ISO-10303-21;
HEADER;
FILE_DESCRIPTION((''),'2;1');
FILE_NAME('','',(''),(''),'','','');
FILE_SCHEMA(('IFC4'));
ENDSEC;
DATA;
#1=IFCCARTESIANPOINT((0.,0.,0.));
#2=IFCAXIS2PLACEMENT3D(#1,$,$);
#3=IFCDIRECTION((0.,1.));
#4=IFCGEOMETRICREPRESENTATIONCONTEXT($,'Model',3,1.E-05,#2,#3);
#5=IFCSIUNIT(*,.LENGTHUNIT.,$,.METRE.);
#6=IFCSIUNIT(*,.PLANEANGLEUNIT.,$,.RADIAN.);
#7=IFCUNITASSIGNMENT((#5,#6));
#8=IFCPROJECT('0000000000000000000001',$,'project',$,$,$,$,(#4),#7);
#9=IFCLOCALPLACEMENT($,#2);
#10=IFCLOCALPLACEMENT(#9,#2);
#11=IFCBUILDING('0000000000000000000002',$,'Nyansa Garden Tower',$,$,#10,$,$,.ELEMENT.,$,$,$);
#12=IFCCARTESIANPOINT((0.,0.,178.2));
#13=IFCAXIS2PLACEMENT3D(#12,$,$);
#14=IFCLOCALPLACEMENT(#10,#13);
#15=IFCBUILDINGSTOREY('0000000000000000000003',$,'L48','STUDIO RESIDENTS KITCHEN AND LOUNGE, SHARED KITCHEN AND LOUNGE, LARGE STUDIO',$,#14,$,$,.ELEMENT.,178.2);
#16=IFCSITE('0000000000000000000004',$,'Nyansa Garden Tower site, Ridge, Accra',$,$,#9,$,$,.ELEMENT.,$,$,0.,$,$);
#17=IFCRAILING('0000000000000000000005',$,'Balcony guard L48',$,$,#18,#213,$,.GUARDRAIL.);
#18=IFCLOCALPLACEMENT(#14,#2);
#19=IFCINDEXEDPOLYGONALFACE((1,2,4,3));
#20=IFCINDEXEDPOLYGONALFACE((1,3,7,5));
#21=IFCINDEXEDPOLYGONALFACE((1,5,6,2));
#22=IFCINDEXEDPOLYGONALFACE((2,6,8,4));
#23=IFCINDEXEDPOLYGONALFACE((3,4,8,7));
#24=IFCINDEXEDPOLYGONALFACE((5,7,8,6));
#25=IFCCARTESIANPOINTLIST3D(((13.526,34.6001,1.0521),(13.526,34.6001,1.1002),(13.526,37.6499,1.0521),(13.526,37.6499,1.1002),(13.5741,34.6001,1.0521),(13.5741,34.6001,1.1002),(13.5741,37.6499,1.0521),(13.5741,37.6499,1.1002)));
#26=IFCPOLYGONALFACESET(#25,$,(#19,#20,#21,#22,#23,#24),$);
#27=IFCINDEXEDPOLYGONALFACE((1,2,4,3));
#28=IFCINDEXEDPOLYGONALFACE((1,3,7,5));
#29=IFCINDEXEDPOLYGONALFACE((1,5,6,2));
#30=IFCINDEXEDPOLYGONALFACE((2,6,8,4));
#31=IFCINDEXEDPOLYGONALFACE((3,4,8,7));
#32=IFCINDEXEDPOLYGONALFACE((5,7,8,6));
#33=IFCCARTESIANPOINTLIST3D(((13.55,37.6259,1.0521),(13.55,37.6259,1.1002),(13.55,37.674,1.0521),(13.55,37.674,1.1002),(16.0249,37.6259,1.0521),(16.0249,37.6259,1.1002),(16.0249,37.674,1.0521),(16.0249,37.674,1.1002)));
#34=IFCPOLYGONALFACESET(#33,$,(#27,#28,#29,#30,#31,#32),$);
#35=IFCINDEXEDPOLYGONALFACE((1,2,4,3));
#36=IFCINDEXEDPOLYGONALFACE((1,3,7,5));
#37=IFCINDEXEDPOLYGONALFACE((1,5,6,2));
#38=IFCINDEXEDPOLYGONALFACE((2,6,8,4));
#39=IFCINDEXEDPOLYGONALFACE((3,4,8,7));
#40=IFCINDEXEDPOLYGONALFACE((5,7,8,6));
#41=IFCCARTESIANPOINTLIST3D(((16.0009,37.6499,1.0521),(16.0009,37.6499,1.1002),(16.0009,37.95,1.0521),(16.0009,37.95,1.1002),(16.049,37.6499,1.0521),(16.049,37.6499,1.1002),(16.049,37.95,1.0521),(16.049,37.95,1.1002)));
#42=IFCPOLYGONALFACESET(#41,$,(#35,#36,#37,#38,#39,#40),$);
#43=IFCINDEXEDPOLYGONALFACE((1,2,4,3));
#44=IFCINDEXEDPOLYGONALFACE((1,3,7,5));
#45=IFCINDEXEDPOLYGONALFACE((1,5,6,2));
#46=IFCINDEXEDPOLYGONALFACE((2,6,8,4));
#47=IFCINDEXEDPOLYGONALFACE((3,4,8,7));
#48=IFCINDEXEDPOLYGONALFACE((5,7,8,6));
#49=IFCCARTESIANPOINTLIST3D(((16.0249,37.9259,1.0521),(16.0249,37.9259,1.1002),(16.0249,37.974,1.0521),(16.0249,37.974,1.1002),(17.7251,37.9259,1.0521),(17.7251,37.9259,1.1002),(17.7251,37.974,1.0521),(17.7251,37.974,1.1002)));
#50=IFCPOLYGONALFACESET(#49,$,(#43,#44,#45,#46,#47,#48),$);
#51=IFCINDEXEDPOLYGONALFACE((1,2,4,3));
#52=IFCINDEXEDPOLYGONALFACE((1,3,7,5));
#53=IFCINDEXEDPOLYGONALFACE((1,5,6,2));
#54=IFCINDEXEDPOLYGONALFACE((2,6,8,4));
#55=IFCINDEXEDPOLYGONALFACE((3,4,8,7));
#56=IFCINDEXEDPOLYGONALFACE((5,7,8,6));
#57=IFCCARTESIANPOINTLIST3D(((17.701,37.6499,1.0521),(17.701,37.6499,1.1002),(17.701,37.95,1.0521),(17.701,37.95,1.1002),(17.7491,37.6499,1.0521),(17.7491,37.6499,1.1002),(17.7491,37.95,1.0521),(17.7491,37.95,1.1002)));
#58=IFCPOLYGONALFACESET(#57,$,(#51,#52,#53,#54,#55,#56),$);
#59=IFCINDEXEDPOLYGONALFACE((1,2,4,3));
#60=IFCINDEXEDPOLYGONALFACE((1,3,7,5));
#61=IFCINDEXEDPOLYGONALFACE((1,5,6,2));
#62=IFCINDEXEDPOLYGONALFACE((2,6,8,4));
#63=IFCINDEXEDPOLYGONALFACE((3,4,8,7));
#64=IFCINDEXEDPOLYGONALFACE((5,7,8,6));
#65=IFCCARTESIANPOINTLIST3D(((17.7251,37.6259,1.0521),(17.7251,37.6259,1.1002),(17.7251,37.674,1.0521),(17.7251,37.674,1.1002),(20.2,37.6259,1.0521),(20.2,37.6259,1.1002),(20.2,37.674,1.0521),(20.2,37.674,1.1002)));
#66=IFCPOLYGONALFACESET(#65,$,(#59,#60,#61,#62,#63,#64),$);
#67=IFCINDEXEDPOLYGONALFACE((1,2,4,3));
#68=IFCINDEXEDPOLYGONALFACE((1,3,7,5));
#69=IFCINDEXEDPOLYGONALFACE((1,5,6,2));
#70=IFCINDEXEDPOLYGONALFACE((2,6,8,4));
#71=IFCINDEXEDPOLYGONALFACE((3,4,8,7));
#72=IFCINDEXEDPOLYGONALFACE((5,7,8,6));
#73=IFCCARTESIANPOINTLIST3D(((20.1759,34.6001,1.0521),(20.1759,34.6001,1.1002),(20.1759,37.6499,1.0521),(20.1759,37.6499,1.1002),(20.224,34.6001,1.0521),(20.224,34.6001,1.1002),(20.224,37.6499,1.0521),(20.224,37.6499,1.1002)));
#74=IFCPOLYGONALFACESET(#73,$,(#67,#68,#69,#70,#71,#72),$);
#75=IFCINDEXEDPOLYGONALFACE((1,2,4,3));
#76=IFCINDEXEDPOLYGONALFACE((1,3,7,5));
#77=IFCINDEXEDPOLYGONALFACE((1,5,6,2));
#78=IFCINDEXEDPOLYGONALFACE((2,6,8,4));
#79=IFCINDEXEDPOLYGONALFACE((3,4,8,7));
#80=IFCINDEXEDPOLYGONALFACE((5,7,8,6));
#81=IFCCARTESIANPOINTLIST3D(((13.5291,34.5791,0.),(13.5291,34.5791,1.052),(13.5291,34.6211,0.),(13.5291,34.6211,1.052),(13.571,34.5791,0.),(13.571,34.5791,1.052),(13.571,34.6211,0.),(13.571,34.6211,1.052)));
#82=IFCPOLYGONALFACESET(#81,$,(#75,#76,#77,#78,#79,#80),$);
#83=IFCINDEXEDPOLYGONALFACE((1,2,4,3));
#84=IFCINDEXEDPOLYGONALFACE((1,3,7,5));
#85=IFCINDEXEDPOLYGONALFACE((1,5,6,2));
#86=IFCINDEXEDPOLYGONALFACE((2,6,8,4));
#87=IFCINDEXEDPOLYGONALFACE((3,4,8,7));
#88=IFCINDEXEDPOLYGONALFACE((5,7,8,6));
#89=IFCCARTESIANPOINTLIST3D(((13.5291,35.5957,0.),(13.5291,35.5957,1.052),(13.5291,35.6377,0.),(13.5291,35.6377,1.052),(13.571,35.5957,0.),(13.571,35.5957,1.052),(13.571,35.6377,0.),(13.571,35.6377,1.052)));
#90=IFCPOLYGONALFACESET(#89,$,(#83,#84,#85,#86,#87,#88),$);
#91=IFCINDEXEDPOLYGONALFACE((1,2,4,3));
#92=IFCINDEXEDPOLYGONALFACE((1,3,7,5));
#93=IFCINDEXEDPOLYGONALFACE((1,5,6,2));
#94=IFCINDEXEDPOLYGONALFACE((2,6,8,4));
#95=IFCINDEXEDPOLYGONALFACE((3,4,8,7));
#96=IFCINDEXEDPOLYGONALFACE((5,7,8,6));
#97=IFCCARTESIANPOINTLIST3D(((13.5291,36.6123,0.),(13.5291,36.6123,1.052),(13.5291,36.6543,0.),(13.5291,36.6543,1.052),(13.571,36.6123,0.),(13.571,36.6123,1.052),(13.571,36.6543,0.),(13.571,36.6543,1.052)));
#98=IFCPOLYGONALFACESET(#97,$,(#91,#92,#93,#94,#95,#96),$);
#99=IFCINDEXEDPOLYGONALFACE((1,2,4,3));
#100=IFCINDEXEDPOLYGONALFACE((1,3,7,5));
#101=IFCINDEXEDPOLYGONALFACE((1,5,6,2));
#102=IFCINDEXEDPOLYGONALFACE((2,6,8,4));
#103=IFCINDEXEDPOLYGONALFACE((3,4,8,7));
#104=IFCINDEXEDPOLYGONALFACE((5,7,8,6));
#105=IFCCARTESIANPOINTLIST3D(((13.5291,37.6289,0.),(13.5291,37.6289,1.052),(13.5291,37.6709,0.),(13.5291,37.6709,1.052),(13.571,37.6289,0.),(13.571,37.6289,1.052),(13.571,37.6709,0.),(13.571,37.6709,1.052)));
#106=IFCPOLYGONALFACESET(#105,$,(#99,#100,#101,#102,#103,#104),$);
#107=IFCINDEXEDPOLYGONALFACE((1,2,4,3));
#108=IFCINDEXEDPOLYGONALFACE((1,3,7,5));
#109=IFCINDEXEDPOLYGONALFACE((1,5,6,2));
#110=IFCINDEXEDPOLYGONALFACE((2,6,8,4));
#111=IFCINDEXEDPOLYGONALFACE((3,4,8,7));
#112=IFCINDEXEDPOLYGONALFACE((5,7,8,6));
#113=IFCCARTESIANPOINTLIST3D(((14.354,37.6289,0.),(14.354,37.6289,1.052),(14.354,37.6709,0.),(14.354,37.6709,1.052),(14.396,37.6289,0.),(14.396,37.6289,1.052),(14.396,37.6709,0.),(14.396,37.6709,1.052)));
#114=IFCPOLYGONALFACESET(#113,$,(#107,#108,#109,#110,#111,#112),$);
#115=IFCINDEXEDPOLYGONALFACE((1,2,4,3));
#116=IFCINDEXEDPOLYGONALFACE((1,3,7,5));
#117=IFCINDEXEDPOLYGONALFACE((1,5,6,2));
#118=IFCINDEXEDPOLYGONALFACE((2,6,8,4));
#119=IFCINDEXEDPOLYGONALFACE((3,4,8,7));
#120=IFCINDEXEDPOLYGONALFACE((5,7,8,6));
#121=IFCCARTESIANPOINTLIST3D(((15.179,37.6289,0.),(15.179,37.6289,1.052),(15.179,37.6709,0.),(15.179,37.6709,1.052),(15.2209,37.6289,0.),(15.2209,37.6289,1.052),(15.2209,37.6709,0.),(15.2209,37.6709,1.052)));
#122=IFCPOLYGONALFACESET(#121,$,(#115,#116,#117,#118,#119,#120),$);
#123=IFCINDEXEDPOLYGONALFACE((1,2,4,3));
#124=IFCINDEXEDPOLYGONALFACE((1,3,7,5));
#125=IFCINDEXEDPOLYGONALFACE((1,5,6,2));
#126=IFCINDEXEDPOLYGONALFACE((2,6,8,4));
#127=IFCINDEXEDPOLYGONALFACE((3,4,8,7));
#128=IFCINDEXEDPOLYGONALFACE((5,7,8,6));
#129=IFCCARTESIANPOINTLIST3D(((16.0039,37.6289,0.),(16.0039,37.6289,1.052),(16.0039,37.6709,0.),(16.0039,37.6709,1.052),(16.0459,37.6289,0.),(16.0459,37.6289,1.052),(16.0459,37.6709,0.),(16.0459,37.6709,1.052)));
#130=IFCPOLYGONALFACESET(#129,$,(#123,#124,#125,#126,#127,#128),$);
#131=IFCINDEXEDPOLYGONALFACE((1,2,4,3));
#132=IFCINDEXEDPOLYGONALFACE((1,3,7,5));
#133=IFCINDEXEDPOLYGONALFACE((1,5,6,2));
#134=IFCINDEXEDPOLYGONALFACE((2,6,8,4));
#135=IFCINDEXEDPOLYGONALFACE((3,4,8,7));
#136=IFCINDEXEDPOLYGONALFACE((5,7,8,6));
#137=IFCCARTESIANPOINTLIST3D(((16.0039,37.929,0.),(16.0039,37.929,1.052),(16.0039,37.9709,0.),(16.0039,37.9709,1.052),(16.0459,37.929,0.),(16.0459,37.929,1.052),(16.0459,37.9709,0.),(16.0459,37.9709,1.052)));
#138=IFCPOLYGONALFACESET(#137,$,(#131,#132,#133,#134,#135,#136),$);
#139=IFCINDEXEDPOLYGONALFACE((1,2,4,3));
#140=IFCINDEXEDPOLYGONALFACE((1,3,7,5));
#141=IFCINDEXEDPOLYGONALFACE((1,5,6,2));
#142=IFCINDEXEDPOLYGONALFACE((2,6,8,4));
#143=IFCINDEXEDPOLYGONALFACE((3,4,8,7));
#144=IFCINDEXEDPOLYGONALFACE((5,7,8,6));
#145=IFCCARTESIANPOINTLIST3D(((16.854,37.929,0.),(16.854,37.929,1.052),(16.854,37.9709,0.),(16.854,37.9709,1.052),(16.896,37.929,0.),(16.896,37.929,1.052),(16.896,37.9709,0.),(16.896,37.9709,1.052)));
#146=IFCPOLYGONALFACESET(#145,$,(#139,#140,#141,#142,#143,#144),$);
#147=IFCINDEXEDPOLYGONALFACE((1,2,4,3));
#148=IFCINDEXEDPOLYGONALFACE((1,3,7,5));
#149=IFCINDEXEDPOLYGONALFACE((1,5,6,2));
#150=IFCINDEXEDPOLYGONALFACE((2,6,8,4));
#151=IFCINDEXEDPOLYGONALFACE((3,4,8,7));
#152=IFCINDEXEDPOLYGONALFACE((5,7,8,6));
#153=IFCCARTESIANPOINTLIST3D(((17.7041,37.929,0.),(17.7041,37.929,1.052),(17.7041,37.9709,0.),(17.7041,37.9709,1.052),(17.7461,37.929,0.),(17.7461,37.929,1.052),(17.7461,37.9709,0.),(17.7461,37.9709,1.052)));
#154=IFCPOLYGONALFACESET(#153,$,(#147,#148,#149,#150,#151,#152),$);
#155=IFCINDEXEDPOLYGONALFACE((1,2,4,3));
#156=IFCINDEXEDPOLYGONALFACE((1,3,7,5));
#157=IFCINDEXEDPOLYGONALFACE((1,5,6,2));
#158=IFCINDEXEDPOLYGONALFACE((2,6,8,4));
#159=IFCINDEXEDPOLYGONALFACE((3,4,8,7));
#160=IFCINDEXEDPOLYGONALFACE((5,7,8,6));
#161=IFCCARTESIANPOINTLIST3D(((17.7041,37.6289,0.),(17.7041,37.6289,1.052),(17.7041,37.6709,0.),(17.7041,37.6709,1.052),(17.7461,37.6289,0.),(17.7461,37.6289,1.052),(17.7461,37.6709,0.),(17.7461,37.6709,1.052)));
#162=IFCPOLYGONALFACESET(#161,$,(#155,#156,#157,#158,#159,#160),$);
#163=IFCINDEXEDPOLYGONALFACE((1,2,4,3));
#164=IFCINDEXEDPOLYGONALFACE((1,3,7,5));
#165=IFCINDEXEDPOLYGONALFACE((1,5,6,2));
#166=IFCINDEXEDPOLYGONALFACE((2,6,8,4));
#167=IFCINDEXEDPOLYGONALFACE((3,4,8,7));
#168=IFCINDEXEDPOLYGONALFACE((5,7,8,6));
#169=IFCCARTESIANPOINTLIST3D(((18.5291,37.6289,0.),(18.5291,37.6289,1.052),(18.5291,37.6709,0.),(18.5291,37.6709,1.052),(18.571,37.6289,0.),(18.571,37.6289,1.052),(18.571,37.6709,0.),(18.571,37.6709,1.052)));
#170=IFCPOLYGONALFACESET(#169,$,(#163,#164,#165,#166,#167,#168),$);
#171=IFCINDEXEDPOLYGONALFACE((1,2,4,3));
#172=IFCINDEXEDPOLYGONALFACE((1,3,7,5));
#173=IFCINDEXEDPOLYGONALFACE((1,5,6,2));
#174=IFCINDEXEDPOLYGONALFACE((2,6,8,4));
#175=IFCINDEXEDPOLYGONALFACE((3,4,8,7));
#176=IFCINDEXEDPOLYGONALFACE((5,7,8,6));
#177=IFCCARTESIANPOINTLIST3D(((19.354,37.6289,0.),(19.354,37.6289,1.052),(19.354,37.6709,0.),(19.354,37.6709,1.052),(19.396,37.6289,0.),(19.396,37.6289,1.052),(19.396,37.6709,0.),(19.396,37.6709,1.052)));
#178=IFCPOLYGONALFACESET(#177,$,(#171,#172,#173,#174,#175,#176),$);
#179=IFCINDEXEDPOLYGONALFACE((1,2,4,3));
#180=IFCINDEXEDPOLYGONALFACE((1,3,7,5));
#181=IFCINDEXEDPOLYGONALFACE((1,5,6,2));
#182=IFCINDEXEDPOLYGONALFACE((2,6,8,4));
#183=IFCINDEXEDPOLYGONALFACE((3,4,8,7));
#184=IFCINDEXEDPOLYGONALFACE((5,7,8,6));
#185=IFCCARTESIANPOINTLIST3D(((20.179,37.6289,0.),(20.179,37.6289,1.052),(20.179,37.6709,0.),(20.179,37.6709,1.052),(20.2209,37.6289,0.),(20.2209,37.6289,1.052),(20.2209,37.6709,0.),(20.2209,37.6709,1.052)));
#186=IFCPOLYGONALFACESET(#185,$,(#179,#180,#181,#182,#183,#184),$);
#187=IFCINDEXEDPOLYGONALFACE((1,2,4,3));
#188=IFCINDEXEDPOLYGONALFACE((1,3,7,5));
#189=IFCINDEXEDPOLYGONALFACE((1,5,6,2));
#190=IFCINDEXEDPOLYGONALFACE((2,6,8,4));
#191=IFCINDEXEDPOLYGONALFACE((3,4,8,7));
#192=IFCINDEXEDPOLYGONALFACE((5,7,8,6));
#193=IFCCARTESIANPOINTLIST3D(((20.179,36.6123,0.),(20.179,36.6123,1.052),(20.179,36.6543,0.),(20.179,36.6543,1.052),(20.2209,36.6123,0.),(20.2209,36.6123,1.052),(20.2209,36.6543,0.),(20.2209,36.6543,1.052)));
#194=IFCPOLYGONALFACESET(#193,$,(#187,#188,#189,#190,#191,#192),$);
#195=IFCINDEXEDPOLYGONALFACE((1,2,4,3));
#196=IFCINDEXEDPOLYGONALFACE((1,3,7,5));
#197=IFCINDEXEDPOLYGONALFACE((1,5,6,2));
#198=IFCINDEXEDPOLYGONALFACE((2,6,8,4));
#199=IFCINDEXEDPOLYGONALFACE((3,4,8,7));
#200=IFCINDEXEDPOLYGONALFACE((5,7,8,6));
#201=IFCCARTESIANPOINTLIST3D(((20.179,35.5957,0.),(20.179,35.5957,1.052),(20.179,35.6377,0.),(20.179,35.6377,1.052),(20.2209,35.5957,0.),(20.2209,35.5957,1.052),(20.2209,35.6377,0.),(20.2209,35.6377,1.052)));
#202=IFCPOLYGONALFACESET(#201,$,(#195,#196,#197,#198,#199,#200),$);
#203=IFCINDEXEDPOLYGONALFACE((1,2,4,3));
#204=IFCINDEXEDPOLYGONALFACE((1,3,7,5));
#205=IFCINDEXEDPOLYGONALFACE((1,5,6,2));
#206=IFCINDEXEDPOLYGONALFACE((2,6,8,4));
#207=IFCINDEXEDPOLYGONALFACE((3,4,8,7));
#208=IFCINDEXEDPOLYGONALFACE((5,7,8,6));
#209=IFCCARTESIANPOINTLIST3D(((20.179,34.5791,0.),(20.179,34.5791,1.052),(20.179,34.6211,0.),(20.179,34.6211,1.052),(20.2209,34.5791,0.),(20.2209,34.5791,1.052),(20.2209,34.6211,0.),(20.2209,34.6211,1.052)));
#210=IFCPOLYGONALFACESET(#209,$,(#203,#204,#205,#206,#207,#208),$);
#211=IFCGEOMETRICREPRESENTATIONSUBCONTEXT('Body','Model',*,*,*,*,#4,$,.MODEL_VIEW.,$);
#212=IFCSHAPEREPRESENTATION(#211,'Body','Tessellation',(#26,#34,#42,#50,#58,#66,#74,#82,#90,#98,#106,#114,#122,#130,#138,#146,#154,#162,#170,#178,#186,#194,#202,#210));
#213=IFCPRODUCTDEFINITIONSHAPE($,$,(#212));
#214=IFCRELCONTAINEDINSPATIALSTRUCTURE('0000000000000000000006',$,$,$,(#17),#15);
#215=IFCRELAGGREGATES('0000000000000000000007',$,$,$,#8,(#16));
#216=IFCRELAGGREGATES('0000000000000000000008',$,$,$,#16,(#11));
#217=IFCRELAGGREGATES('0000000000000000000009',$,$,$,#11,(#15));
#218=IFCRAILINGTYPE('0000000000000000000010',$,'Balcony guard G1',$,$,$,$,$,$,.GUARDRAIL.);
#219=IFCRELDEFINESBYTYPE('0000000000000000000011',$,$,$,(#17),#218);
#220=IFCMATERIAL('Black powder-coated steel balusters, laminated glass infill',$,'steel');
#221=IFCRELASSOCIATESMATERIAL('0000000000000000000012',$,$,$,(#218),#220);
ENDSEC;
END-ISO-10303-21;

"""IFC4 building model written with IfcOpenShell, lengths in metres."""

from ifc_helpers import new_model, si_unit, direction, frame, origin, origin_2d, place, context, subcontext, project, spatial, rectangle, extrude, material, type_object, element, save


model = new_model("IFC4")

# Units and contexts
model_context = context("Model", 3, precision=1e-05, world=origin(), true_north=direction((0.0, 1.0)))
body_context = subcontext(model_context, "Body", "Model", "MODEL_VIEW")
ifc_project = project(units=[si_unit("LENGTHUNIT", "METRE"), si_unit("PLANEANGLEUNIT", "RADIAN")], contexts=[model_context])

# Site, building, storey
site_placement = place(None, origin())
site = spatial("IfcSite", under=ifc_project, at=site_placement, Name="Nyansa Garden Tower site, Ridge, Accra", CompositionType="ELEMENT", RefElevation=0.0)
building_placement = place(site_placement, origin())
building = spatial("IfcBuilding", under=site, at=building_placement, Name="Nyansa Garden Tower", CompositionType="ELEMENT")
storey_placement = place(building_placement, frame((0.0, 0.0, 178.2)))
storey = spatial("IfcBuildingStorey", under=building, at=storey_placement, Name="L48", Description="STUDIO RESIDENTS KITCHEN AND LOUNGE, SHARED KITCHEN AND LOUNGE, LARGE STUDIO", CompositionType="ELEMENT", Elevation=178.2)

# Railing
ifc_material_1 = material(Name="Black powder-coated steel balusters, laminated glass infill", Category="steel")
railing_type = type_object("IfcRailingType", Name="Balcony guard G1", PredefinedType="GUARDRAIL", material=ifc_material_1)
railing_placement = place(storey_placement, frame((13.55, 34.6001, 0.0)))
element("IfcRailing", 1, at=railing_placement, inside=storey, type_object=railing_type, Name="Balcony guard L48", PredefinedType="GUARDRAIL", context=body_context, shape_type="SweptSolid", body=[
    extrude(rectangle(XDim=0.0481, YDim=0.0481, at=origin_2d()), frame((0.0, 0.0, 1.0762), z_axis=(0.0, 1.0, 0.0), x_axis=(-1.0, 0.0, 0.0)), (0.0, 0.0, 1.0), 3.0498),
    extrude(rectangle(XDim=0.0481, YDim=0.0481, at=origin_2d()), frame((0.0, 3.0498, 1.0762), z_axis=(1.0, 0.0, 0.0), x_axis=(0.0, 1.0, 0.0)), (0.0, 0.0, 1.0), 2.4749),
    extrude(rectangle(XDim=0.0481, YDim=0.0481, at=origin_2d()), frame((2.4749, 3.0498, 1.0762), z_axis=(0.0, 1.0, 0.0), x_axis=(-1.0, 0.0, 0.0)), (0.0, 0.0, 1.0), 0.3),
    extrude(rectangle(XDim=0.0481, YDim=0.0481, at=origin_2d()), frame((2.4749, 3.3499, 1.0762), z_axis=(1.0, 0.0, 0.0), x_axis=(0.0, 1.0, 0.0)), (0.0, 0.0, 1.0), 1.7002),
    extrude(rectangle(XDim=0.0481, YDim=0.0481, at=origin_2d()), frame((4.175, 3.3499, 1.0762), z_axis=(0.0, -1.0, 0.0), x_axis=(1.0, 0.0, 0.0)), (0.0, 0.0, 1.0), 0.3),
    extrude(rectangle(XDim=0.0481, YDim=0.0481, at=origin_2d()), frame((4.175, 3.0498, 1.0762), z_axis=(1.0, 0.0, 0.0), x_axis=(0.0, 1.0, 0.0)), (0.0, 0.0, 1.0), 2.4749),
    extrude(rectangle(XDim=0.0481, YDim=0.0481, at=origin_2d()), frame((6.6499, 3.0498, 1.0762), z_axis=(0.0, -1.0, 0.0), x_axis=(1.0, 0.0, 0.0)), (0.0, 0.0, 1.0), 3.0498),
    extrude(rectangle(XDim=0.042, YDim=0.042, at=origin_2d()), origin(), (0.0, 0.0, 1.0), 1.052),
    extrude(rectangle(XDim=0.042, YDim=0.042, at=origin_2d()), frame((0.0, 1.0166, 0.0)), (0.0, 0.0, 1.0), 1.052),
    extrude(rectangle(XDim=0.042, YDim=0.042, at=origin_2d()), frame((0.0, 2.0332, 0.0)), (0.0, 0.0, 1.0), 1.052),
    extrude(rectangle(XDim=0.042, YDim=0.042, at=origin_2d()), frame((0.0, 3.0498, 0.0)), (0.0, 0.0, 1.0), 1.052),
    extrude(rectangle(XDim=0.042, YDim=0.042, at=origin_2d()), frame((0.825, 3.0498, 0.0)), (0.0, 0.0, 1.0), 1.052),
    extrude(rectangle(XDim=0.042, YDim=0.042, at=origin_2d()), frame((1.6499, 3.0498, 0.0)), (0.0, 0.0, 1.0), 1.052),
    extrude(rectangle(XDim=0.042, YDim=0.042, at=origin_2d()), frame((2.4749, 3.0498, 0.0)), (0.0, 0.0, 1.0), 1.052),
    extrude(rectangle(XDim=0.042, YDim=0.042, at=origin_2d()), frame((2.4749, 3.3499, 0.0)), (0.0, 0.0, 1.0), 1.052),
    extrude(rectangle(XDim=0.042, YDim=0.042, at=origin_2d()), frame((3.325, 3.3499, 0.0)), (0.0, 0.0, 1.0), 1.052),
    extrude(rectangle(XDim=0.042, YDim=0.042, at=origin_2d()), frame((4.175, 3.3499, 0.0)), (0.0, 0.0, 1.0), 1.052),
    extrude(rectangle(XDim=0.042, YDim=0.042, at=origin_2d()), frame((4.175, 3.0498, 0.0)), (0.0, 0.0, 1.0), 1.052),
    extrude(rectangle(XDim=0.042, YDim=0.042, at=origin_2d()), frame((5.0, 3.0498, 0.0)), (0.0, 0.0, 1.0), 1.052),
    extrude(rectangle(XDim=0.042, YDim=0.042, at=origin_2d()), frame((5.825, 3.0498, 0.0)), (0.0, 0.0, 1.0), 1.052),
    extrude(rectangle(XDim=0.042, YDim=0.042, at=origin_2d()), frame((6.6499, 3.0498, 0.0)), (0.0, 0.0, 1.0), 1.052),
    extrude(rectangle(XDim=0.042, YDim=0.042, at=origin_2d()), frame((6.6499, 2.0332, 0.0)), (0.0, 0.0, 1.0), 1.052),
    extrude(rectangle(XDim=0.042, YDim=0.042, at=origin_2d()), frame((6.6499, 1.0166, 0.0)), (0.0, 0.0, 1.0), 1.052),
    extrude(rectangle(XDim=0.042, YDim=0.042, at=origin_2d()), frame((6.6499, 0.0, 0.0)), (0.0, 0.0, 1.0), 1.052),
])

save(model, "model.ifc")
